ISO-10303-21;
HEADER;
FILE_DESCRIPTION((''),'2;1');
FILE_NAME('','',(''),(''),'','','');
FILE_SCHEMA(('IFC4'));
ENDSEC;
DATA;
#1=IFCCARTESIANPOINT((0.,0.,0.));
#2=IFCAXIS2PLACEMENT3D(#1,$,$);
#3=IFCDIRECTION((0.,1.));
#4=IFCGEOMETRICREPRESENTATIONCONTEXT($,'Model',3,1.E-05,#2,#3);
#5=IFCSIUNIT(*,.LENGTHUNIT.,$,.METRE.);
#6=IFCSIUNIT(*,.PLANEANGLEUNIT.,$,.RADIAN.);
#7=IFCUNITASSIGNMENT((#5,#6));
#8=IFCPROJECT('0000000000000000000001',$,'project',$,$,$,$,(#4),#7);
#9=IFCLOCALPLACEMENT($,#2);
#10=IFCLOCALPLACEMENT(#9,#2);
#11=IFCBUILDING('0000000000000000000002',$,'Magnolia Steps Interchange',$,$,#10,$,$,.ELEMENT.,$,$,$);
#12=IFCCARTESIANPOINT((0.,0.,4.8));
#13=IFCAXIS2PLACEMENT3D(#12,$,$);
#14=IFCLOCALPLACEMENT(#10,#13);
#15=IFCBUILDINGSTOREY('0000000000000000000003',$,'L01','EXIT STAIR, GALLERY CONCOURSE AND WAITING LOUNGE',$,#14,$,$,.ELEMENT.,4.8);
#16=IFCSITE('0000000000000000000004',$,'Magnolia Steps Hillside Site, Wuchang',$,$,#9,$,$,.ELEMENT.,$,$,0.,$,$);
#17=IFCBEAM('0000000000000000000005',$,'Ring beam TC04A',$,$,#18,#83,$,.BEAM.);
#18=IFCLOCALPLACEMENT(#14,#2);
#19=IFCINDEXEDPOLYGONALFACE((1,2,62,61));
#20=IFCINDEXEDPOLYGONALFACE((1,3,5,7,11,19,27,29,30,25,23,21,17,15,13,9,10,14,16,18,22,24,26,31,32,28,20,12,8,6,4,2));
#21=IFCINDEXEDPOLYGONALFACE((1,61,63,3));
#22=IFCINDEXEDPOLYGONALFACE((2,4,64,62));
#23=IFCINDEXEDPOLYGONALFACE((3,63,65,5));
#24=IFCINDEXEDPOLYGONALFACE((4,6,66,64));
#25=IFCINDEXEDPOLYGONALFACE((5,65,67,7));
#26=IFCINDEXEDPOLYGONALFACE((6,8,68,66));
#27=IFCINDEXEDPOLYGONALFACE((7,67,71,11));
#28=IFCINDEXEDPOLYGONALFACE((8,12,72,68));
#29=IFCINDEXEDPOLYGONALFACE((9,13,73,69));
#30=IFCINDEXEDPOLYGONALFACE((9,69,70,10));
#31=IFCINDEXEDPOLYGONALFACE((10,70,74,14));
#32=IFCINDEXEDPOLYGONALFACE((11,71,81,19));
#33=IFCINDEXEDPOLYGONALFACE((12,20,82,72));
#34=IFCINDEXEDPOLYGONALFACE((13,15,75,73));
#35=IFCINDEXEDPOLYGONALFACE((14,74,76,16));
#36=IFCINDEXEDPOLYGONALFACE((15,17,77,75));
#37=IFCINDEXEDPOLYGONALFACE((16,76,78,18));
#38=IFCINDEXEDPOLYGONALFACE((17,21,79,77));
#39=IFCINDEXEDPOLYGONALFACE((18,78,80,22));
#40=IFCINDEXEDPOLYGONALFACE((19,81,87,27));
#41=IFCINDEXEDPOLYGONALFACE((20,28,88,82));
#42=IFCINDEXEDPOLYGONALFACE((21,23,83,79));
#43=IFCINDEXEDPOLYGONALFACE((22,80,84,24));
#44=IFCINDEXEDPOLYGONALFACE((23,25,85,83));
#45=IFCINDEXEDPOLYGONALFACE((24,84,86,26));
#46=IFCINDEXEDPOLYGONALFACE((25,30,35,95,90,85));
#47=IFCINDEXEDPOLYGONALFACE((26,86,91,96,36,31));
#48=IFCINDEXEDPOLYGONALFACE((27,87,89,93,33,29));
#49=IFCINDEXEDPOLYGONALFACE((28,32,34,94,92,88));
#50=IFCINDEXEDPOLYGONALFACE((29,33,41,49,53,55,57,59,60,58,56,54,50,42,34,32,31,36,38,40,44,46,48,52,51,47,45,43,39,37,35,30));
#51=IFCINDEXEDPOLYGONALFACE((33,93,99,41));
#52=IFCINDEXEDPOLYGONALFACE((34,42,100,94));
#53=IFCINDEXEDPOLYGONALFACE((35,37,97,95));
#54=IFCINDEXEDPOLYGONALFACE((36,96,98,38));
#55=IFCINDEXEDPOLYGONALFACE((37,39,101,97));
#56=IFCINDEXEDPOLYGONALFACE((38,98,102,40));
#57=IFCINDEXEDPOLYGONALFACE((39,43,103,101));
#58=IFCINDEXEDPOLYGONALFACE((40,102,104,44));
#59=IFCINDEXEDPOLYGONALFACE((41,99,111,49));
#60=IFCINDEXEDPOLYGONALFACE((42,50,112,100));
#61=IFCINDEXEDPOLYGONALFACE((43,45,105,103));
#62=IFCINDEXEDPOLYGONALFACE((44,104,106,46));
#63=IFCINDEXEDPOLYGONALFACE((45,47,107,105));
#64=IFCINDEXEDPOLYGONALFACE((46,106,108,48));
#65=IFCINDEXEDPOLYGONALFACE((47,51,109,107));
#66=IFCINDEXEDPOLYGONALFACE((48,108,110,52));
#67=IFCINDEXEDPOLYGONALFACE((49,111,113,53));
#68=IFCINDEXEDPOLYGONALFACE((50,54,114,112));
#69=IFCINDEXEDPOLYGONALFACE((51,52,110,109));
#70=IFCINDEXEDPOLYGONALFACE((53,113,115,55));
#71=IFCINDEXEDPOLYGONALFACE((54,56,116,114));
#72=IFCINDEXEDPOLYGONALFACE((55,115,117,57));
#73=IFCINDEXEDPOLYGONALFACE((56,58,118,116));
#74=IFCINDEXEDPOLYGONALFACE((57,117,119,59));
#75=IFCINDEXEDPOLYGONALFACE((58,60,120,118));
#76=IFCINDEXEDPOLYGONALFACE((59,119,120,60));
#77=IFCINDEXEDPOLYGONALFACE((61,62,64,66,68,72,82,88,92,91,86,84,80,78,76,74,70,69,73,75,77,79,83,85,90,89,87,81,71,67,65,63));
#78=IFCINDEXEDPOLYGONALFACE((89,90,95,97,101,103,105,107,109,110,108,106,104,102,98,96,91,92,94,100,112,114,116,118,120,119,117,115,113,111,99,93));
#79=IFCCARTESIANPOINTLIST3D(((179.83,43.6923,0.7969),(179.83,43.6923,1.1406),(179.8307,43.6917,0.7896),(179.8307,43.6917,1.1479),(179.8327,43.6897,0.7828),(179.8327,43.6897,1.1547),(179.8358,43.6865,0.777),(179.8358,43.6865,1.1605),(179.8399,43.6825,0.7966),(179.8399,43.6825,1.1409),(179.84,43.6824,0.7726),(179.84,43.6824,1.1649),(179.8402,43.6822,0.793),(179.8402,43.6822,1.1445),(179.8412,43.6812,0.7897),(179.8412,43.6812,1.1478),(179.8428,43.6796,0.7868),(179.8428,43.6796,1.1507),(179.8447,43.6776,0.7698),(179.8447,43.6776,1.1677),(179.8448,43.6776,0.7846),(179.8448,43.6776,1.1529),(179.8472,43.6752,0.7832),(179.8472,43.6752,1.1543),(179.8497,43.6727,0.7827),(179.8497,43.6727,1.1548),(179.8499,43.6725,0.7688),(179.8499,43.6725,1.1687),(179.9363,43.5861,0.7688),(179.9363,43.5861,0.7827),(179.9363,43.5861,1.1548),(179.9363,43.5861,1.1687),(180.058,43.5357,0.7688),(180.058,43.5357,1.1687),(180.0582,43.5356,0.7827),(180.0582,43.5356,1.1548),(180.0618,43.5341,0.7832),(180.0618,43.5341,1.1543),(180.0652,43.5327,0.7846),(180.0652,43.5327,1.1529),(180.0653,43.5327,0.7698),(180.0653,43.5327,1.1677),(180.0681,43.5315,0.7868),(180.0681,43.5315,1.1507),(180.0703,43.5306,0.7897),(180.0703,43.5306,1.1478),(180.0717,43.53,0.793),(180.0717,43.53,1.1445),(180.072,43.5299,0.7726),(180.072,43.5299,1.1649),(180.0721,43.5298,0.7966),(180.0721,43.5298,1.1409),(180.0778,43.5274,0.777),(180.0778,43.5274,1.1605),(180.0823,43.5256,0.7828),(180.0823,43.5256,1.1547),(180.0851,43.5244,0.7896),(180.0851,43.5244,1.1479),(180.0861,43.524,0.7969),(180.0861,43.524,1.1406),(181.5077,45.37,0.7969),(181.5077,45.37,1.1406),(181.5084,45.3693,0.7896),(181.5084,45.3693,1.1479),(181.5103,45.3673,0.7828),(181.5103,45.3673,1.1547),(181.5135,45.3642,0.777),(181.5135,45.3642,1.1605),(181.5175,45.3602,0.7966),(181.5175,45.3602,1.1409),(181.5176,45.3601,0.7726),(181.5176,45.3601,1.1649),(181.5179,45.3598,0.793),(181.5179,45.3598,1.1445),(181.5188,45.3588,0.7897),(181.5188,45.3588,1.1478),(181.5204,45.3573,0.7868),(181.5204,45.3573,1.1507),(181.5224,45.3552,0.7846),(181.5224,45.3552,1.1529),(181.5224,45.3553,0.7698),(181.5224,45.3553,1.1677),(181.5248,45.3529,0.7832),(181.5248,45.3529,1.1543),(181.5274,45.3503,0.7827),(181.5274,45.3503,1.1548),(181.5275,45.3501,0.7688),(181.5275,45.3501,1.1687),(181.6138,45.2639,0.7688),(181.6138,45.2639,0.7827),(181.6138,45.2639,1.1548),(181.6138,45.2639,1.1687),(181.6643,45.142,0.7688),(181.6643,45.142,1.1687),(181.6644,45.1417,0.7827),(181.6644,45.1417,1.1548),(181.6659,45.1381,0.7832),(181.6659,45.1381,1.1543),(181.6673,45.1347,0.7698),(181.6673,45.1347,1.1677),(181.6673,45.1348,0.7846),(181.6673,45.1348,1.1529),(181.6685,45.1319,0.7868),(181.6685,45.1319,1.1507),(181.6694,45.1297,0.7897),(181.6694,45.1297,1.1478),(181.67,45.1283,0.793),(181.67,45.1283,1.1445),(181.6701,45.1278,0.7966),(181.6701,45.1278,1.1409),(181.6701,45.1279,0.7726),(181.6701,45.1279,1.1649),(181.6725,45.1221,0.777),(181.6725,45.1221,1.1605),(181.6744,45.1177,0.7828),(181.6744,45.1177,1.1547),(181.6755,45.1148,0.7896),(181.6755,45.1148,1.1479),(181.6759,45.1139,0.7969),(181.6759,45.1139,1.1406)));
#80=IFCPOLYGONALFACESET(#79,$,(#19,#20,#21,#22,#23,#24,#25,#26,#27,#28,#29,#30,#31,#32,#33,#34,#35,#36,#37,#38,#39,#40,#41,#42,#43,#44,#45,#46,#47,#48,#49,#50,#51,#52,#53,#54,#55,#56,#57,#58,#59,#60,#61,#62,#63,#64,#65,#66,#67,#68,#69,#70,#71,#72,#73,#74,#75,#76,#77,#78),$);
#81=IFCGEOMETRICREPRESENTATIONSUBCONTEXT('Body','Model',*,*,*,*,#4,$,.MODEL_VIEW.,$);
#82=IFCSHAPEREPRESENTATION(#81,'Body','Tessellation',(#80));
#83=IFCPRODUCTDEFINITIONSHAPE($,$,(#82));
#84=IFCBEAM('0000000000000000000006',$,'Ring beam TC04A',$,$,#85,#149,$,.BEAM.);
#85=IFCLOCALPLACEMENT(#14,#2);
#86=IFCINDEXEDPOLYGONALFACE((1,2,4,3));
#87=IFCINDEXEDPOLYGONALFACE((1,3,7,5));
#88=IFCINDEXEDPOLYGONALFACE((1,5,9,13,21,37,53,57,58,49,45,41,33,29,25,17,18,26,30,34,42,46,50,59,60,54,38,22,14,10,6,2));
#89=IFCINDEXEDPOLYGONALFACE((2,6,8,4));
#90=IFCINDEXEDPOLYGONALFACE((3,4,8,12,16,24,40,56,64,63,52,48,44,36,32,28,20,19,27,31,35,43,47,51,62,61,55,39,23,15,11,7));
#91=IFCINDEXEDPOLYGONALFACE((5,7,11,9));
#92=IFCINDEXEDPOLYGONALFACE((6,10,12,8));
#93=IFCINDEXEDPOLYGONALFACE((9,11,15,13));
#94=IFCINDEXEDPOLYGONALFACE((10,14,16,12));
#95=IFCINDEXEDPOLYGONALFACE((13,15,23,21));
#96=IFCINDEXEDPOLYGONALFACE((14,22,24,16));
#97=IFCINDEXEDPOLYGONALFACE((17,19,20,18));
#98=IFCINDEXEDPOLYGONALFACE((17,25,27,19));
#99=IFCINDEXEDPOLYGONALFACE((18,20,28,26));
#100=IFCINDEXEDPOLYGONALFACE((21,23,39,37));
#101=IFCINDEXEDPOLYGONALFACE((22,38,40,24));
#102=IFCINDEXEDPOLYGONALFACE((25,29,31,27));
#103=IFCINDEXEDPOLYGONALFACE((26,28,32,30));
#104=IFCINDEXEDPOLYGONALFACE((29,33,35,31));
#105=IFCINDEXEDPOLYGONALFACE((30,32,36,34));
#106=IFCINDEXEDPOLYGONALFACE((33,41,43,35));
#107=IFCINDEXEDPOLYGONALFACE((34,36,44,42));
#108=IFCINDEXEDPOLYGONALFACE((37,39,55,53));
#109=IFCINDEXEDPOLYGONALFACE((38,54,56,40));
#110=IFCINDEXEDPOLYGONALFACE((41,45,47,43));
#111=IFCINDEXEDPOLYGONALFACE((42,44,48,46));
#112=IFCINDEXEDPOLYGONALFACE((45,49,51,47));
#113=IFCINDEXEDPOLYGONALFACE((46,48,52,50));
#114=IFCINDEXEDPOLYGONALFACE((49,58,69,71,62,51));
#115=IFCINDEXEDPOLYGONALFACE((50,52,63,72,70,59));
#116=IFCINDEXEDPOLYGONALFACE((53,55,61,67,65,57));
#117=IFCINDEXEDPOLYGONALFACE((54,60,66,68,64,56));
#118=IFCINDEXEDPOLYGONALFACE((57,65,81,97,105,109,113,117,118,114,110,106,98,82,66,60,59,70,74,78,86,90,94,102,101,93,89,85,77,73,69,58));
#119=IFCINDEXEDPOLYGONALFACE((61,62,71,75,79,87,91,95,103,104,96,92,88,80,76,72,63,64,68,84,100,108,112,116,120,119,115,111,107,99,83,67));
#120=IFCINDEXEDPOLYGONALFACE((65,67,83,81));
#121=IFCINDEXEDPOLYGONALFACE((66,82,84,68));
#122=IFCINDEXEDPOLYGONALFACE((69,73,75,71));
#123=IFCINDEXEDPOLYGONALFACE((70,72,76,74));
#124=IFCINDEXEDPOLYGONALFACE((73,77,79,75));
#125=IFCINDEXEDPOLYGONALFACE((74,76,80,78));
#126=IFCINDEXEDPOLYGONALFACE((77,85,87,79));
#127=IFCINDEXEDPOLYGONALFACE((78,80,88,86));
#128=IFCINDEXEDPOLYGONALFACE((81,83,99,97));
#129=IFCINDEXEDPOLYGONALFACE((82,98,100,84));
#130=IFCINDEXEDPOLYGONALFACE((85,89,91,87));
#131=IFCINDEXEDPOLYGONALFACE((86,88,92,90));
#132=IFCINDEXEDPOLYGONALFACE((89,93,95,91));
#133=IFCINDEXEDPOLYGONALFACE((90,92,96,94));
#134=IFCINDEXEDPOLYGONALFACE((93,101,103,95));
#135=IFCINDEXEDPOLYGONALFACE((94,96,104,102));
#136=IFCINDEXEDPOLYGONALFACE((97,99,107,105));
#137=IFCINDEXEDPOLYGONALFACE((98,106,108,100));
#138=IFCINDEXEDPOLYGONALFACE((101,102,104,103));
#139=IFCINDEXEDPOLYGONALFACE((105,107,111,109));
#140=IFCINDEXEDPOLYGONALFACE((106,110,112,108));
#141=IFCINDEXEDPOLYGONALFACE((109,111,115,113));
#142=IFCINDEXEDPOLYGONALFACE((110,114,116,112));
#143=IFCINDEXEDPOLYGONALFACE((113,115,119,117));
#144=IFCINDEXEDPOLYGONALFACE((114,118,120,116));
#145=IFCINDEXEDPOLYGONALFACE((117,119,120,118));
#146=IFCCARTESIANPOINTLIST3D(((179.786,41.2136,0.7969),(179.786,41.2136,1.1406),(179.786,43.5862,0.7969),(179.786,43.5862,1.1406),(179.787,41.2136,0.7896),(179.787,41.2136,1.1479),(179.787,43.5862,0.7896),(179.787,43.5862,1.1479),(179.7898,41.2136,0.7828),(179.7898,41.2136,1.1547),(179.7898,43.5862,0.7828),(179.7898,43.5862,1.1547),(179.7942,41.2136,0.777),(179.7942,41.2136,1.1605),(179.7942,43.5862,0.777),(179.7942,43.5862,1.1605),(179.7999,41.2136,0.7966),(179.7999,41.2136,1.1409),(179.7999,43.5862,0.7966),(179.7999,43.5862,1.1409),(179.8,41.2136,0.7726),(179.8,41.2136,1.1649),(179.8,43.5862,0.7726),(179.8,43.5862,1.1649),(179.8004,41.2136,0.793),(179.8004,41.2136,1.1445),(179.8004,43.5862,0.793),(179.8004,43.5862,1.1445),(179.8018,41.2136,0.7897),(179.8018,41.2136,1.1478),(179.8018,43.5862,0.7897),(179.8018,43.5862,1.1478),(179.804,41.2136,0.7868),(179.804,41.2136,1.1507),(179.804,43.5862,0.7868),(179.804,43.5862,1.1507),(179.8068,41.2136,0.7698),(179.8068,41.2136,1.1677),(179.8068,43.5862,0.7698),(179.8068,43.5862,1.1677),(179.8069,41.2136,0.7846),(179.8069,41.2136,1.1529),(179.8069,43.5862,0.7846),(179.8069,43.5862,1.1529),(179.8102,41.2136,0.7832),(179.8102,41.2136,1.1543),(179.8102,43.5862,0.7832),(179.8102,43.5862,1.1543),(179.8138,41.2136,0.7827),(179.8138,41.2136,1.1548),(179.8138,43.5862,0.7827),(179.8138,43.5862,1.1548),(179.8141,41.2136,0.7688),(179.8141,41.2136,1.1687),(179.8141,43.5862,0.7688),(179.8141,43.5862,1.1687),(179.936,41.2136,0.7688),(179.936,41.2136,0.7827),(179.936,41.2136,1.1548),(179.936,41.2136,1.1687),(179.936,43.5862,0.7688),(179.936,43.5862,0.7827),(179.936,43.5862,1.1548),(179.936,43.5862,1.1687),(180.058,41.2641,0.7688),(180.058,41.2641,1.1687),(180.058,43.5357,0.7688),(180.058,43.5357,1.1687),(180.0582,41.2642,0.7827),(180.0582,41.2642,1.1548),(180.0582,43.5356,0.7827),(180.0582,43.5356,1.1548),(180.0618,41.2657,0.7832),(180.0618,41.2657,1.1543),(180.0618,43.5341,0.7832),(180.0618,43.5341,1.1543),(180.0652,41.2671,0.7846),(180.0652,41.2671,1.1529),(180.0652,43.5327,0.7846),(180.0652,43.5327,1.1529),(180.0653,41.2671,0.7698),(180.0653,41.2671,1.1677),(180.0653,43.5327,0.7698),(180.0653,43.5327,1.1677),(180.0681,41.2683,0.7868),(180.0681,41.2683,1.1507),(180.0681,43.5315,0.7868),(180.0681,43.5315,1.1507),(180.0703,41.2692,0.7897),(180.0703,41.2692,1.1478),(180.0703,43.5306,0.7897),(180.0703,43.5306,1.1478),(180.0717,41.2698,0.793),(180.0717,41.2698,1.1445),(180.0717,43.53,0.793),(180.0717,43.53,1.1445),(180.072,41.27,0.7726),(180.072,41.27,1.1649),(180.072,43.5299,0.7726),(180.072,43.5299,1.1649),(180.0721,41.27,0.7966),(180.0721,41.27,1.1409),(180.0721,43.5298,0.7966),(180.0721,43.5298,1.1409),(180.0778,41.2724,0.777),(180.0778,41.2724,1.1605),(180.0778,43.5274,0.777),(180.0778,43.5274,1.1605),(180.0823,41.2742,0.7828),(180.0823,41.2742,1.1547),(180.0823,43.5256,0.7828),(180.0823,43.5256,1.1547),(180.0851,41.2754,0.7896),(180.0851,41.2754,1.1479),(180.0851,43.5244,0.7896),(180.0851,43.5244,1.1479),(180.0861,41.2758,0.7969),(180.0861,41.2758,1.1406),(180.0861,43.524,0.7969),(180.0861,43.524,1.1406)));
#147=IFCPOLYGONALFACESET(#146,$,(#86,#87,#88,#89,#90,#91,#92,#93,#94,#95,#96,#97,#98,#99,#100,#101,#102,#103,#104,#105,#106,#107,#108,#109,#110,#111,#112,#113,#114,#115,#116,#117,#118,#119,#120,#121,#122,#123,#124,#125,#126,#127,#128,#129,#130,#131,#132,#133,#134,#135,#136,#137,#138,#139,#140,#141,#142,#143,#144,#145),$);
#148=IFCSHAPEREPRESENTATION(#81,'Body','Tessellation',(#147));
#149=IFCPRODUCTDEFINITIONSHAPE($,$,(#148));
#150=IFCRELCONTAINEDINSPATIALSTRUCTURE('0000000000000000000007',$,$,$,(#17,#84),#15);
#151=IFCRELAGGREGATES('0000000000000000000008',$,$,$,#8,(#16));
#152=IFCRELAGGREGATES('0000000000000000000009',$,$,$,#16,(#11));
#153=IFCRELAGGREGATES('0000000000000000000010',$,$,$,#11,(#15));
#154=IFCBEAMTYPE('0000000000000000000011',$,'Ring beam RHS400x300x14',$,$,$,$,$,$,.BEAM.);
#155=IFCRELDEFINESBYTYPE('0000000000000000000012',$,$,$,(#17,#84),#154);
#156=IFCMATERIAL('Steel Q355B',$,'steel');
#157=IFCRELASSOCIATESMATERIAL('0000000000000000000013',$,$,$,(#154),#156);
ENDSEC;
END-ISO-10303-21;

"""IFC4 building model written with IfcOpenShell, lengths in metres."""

from ifc_helpers import new_model, si_unit, direction, frame, origin, origin_2d, place, context, subcontext, project, spatial, hollow_rectangle, extrude, clip, halfspace, material, material_profile, profile_set, type_object, element, save


model = new_model("IFC4")

# Units and contexts
model_context = context("Model", 3, precision=1e-05, world=origin(), true_north=direction((0.0, 1.0)))
body_context = subcontext(model_context, "Body", "Model", "MODEL_VIEW")
ifc_project = project(units=[si_unit("LENGTHUNIT", "METRE"), si_unit("PLANEANGLEUNIT", "RADIAN")], contexts=[model_context])

# Site, building, storey
site_placement = place(None, origin())
site = spatial("IfcSite", under=ifc_project, at=site_placement, Name="Magnolia Steps Hillside Site, Wuchang", CompositionType="ELEMENT", RefElevation=0.0)
building_placement = place(site_placement, origin())
building = spatial("IfcBuilding", under=site, at=building_placement, Name="Magnolia Steps Interchange", CompositionType="ELEMENT")
storey_placement = place(building_placement, frame((0.0, 0.0, 4.8)))
storey = spatial("IfcBuildingStorey", under=building, at=storey_placement, Name="L01", Description="EXIT STAIR, GALLERY CONCOURSE AND WAITING LOUNGE", CompositionType="ELEMENT", Elevation=4.8)

# Beams
ifc_material_1 = material(Name="Steel Q355B", Category="steel")
ifc_material_profile_1 = material_profile(ifc_material_1, hollow_rectangle(XDim=0.3, YDim=0.3999, WallThickness=0.0139, InnerFilletRadius=0.0139, OuterFilletRadius=0.0281, at=origin_2d()), Name="RHS400x300x14")
ifc_profile_set_1 = profile_set([ifc_material_profile_1], Name="Steel Q355B")
beam_type_1 = type_object("IfcBeamType", Name="Ring beam RHS400x300x14", PredefinedType="BEAM", material=ifc_profile_set_1)
beam_1_placement = place(storey_placement, frame((181.6138, 45.2639, 0.9688), z_axis=(-0.707107, -0.707107, 0.0), x_axis=(0.707107, -0.707107, 0.0)))
element("IfcBeam", 1, at=beam_1_placement, inside=storey, type_object=beam_type_1, Name="Ring beam TC04A", PredefinedType="BEAM", context=body_context, shape_type="Clipping", body=[
    clip(clip(extrude(hollow_rectangle(XDim=0.3, YDim=0.3999, WallThickness=0.0139, InnerFilletRadius=0.0139, OuterFilletRadius=0.0281, at=origin_2d()), origin(), (0.0, 0.0, 1.0), 2.3726), halfspace(frame((0.0, 0.0, 0.0), z_axis=(0.382683, 0.0, -0.92388), x_axis=(0.92388, 0.0, 0.382683)), False)), halfspace(frame((0.0, 0.0, 2.3727), z_axis=(0.382683, 0.0, 0.92388), x_axis=(0.92388, 0.0, -0.382683)), False)),
])
beam_2_placement = place(storey_placement, frame((179.936, 43.5862, 0.9688), z_axis=(0.0, -1.0, 0.0), x_axis=(1.0, 0.0, 0.0)))
element("IfcBeam", 2, at=beam_2_placement, inside=storey, type_object=beam_type_1, Name="Ring beam TC04A", PredefinedType="BEAM", context=body_context, shape_type="Clipping", body=[
    clip(clip(extrude(hollow_rectangle(XDim=0.3, YDim=0.3999, WallThickness=0.0139, InnerFilletRadius=0.0139, OuterFilletRadius=0.0281, at=origin_2d()), origin(), (0.0, 0.0, 1.0), 2.3726), halfspace(frame((0.0, 0.0, 0.0), z_axis=(0.382683, 0.0, -0.92388), x_axis=(0.92388, 0.0, 0.382683)), False)), halfspace(frame((0.0, 0.0, 2.3726), z_axis=(0.382683, 0.0, 0.92388), x_axis=(0.92388, 0.0, -0.382683)), False)),
])

save(model, "model.ifc")
